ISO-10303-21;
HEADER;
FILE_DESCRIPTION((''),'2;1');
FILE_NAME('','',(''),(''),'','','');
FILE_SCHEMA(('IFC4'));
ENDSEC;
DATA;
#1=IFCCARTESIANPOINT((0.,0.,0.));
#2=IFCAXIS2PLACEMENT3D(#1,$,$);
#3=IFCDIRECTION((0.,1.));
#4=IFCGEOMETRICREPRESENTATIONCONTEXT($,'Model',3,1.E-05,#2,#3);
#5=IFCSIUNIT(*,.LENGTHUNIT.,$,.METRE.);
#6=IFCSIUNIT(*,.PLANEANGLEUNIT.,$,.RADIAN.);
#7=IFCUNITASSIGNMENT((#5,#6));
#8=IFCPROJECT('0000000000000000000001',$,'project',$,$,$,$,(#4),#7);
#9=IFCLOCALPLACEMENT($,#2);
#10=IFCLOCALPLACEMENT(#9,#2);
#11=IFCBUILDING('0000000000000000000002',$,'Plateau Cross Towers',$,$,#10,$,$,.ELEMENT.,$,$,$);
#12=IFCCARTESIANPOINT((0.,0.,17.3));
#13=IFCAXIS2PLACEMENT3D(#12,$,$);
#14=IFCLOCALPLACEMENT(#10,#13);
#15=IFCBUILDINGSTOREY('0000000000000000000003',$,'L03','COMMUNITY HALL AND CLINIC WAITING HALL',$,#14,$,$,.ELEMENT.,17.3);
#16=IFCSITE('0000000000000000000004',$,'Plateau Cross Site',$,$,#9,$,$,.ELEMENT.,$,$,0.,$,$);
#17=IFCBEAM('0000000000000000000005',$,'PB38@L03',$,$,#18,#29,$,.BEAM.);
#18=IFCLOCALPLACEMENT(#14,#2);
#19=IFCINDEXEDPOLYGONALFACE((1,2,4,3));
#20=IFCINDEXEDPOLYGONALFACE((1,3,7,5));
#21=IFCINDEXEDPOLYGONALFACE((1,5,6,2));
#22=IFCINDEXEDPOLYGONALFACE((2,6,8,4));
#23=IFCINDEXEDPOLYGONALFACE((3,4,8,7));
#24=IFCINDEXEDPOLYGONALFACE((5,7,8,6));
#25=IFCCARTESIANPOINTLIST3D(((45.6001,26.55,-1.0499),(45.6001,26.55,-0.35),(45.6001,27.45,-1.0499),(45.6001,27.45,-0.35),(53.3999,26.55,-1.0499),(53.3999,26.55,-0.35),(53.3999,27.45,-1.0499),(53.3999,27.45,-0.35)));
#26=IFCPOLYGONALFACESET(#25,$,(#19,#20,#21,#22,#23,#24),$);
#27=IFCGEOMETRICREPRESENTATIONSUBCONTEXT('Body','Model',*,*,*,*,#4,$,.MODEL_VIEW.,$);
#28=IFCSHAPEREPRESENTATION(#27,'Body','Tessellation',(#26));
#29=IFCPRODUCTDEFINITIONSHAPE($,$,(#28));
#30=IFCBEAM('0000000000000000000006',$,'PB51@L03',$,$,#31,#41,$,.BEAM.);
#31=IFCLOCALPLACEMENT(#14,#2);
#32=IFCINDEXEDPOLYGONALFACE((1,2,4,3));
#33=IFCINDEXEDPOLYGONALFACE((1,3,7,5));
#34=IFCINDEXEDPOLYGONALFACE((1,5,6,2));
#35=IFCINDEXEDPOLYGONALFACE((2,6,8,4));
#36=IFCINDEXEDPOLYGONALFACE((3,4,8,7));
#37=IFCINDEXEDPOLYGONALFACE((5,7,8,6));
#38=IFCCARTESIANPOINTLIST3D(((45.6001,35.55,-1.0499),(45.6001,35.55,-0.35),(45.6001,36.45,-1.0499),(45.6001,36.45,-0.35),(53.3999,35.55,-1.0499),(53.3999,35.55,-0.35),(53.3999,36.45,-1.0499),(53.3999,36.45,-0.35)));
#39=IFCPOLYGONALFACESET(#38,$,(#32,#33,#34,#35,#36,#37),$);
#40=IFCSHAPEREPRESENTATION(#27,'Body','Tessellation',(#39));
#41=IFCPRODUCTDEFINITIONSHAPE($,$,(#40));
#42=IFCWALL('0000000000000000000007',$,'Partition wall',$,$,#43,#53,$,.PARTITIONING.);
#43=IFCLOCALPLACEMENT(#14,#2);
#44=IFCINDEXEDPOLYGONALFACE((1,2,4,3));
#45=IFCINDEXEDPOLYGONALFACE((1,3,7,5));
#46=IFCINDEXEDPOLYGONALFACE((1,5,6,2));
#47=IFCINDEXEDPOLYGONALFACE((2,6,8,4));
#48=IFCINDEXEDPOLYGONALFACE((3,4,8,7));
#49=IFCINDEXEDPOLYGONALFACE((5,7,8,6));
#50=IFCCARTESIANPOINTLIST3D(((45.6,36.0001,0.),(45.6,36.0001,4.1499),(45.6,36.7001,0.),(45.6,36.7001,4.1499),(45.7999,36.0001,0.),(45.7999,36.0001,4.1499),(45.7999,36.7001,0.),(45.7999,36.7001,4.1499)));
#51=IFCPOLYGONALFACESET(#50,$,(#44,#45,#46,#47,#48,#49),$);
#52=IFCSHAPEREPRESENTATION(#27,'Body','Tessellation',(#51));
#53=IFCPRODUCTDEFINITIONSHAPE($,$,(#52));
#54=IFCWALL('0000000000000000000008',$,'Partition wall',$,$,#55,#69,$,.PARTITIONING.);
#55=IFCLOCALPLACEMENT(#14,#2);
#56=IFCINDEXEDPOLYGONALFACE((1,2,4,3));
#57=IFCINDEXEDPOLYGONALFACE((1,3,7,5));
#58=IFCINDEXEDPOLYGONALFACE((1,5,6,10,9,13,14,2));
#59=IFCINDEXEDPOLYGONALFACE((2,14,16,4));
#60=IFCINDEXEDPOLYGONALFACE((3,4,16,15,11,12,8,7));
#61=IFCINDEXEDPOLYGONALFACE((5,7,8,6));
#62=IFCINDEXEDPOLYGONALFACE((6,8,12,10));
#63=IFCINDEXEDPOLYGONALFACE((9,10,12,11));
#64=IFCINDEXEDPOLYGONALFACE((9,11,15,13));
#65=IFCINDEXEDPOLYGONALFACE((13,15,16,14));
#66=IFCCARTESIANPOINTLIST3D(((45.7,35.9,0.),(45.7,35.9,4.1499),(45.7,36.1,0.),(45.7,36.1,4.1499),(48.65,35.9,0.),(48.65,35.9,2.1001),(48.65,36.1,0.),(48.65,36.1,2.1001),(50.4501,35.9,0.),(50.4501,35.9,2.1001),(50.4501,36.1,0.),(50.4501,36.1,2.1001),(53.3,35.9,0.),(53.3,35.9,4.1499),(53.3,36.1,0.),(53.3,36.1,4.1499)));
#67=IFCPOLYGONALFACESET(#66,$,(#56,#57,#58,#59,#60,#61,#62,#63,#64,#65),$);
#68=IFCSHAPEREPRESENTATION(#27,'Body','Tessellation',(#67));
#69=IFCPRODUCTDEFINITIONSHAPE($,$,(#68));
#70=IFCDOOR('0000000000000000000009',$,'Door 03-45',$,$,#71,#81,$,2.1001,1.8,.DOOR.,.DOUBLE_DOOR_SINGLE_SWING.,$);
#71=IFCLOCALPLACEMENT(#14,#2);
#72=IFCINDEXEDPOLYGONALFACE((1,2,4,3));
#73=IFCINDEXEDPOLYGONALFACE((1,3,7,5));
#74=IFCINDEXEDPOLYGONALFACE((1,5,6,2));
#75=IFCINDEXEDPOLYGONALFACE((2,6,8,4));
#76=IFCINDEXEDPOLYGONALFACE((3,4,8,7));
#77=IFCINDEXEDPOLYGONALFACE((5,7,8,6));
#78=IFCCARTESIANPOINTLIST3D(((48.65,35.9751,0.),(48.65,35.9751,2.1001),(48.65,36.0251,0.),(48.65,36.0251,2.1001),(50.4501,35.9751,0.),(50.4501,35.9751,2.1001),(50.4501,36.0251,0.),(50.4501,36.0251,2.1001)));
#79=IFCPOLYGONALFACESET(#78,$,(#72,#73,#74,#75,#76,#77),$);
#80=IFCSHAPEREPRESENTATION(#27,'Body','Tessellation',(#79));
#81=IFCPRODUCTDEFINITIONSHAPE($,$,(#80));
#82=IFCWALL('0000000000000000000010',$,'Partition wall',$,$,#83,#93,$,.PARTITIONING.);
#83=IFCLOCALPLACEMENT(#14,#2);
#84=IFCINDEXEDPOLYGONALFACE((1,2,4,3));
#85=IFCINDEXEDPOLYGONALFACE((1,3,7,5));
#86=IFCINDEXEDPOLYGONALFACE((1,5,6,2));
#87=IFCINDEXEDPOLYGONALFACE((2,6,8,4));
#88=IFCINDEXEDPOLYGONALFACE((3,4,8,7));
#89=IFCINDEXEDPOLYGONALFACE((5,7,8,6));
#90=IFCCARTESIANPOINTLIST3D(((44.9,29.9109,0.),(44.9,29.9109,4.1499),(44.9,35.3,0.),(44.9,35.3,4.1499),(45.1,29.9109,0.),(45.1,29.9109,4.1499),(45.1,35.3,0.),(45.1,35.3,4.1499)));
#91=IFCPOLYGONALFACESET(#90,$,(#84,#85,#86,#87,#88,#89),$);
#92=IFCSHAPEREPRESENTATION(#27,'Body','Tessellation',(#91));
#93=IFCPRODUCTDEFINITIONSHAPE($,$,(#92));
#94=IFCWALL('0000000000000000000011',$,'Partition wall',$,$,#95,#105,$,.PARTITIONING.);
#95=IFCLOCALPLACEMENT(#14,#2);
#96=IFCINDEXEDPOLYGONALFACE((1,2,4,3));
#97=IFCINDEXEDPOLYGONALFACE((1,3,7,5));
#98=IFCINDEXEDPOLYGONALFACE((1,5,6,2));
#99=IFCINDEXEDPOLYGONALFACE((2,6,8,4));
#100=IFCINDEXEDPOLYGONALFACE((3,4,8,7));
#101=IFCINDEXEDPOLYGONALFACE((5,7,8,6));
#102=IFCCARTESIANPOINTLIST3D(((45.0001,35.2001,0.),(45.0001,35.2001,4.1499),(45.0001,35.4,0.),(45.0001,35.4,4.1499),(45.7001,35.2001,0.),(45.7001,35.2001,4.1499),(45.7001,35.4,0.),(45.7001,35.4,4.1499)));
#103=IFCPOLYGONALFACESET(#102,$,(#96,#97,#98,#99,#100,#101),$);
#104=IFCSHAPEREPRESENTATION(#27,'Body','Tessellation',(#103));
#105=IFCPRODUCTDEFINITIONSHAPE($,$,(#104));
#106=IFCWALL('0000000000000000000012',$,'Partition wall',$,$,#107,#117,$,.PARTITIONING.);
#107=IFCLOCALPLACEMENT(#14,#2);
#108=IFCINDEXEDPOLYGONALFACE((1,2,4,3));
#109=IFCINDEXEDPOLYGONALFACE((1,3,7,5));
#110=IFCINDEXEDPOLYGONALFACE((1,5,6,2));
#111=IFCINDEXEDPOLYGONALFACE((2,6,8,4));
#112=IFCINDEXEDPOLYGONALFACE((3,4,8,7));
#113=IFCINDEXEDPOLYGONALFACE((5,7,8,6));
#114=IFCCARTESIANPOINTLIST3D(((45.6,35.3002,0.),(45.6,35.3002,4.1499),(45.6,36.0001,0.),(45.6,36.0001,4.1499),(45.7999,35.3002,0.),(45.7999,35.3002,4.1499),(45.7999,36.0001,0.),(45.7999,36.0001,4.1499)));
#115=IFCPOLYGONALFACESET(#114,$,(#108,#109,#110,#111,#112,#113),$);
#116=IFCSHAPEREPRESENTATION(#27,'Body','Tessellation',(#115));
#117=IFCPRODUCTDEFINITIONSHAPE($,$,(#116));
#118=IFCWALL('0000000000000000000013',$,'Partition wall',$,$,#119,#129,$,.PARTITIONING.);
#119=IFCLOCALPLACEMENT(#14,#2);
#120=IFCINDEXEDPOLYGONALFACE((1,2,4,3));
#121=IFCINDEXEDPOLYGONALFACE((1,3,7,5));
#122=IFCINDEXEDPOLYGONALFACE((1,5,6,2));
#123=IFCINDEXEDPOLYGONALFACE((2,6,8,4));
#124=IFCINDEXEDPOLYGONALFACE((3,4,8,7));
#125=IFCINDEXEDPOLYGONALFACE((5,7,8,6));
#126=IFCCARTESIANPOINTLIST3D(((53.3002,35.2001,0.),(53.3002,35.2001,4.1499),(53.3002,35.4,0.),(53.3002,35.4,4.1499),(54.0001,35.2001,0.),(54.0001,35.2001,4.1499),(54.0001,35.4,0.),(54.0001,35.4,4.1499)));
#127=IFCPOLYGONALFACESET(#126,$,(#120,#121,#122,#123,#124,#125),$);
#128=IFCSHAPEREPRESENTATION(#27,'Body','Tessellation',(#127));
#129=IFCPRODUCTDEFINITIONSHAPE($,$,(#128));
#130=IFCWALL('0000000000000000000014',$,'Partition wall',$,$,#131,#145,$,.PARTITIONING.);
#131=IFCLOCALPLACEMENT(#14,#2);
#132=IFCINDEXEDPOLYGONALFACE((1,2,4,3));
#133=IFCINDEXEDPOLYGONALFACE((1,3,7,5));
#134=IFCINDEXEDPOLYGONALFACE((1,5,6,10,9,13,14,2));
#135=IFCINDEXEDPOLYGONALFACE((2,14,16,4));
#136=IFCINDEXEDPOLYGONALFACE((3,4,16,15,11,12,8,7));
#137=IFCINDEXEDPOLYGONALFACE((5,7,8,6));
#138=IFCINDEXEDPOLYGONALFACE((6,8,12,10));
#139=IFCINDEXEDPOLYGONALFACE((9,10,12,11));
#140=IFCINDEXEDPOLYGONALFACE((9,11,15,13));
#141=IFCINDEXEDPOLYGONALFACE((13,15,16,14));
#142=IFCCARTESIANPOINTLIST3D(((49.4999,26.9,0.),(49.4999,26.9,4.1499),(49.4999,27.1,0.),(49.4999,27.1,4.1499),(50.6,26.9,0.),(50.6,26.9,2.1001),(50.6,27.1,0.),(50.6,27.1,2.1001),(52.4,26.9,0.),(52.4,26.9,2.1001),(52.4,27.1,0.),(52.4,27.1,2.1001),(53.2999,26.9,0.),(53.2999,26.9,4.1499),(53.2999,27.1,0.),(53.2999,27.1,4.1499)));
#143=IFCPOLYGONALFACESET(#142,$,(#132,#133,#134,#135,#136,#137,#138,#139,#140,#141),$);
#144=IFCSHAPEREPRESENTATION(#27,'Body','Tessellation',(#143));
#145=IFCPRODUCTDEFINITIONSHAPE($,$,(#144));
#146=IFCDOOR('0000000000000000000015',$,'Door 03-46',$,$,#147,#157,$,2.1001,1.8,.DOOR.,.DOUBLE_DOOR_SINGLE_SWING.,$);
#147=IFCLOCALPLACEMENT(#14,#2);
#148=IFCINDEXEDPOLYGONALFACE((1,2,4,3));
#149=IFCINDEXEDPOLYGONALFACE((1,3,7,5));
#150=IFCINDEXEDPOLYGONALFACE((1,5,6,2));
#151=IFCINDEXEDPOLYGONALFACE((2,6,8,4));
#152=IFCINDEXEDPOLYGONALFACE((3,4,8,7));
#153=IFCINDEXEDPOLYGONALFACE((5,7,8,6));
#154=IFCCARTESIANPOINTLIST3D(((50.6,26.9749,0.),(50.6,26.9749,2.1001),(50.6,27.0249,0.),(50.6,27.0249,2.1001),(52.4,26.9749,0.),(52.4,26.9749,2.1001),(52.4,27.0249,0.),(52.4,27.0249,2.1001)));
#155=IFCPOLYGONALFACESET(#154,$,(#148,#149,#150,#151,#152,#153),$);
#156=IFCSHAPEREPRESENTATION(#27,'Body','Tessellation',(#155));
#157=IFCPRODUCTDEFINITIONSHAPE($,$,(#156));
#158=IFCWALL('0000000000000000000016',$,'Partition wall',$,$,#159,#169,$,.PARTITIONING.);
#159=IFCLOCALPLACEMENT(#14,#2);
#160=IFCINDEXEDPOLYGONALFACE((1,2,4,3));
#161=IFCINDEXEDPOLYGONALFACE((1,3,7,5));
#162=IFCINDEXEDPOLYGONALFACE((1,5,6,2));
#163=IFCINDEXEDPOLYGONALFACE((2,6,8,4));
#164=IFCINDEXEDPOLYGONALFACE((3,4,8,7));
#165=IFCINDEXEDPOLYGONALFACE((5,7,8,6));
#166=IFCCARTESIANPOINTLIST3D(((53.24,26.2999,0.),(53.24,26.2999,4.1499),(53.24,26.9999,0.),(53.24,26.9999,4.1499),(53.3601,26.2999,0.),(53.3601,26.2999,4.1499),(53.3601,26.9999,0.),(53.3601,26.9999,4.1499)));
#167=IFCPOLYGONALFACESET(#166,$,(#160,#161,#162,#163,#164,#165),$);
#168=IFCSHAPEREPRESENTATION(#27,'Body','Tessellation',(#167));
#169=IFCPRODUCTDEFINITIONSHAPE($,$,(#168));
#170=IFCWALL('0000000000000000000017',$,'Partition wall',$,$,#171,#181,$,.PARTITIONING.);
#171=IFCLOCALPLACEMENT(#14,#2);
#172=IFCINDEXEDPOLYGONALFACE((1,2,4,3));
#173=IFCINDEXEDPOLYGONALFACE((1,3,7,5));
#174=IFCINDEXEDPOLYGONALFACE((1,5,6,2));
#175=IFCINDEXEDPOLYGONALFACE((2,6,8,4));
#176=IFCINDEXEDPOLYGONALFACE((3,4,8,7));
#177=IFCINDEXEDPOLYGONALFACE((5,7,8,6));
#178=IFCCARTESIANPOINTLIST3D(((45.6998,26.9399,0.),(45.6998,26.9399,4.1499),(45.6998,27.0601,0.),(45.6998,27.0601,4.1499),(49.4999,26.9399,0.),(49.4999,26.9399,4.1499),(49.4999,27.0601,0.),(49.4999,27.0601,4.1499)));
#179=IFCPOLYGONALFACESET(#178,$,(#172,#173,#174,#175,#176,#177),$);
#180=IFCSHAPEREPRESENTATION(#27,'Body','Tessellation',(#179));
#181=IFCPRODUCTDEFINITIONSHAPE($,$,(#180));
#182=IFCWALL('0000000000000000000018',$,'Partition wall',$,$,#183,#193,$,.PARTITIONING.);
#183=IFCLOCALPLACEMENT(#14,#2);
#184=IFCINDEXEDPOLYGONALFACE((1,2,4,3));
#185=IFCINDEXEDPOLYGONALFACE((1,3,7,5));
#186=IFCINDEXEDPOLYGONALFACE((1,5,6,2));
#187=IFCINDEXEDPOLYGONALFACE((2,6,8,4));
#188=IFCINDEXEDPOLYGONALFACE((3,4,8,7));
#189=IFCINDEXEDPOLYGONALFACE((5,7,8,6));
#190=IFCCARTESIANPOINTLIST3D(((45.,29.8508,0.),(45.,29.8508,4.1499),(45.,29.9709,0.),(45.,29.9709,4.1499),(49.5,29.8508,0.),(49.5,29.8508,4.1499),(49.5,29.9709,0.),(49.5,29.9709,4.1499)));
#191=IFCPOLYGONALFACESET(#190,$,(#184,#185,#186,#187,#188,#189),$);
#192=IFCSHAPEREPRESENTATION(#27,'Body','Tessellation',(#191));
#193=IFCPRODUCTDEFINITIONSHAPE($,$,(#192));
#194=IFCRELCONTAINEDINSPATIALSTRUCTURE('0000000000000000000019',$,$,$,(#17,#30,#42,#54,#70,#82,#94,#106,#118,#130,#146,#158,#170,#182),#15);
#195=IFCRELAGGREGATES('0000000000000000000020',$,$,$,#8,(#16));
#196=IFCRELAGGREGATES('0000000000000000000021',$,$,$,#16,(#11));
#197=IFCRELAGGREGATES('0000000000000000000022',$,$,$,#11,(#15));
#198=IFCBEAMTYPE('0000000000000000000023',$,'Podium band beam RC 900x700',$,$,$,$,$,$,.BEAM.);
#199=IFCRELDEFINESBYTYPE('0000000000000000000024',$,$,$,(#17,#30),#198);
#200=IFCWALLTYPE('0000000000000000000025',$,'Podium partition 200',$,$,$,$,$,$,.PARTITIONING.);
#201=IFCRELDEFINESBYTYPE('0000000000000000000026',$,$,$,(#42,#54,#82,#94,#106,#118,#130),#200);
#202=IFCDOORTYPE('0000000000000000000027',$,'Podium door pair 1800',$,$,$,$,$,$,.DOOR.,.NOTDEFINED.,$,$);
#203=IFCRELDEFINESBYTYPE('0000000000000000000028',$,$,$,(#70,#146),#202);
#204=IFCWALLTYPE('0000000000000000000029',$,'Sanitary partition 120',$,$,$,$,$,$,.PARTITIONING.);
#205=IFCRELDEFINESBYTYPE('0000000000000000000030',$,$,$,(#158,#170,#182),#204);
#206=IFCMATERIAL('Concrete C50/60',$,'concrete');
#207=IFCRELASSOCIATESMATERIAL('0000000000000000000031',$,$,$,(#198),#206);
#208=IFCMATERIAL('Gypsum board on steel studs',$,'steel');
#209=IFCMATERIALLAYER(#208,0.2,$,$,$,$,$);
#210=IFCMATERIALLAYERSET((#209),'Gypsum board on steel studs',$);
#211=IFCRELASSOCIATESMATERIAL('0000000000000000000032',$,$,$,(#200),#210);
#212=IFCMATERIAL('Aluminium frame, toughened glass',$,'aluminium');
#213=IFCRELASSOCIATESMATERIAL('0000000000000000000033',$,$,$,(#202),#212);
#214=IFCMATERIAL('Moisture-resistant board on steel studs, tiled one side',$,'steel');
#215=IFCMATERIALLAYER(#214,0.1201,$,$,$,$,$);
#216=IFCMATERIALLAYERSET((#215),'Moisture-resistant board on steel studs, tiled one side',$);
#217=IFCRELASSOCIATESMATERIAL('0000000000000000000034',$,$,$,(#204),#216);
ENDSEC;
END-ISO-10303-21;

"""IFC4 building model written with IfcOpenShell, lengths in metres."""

from ifc_helpers import new_model, si_unit, direction, frame, frame_2d, origin, origin_2d, place, context, subcontext, project, spatial, rectangle, extrude, material, layer, layer_set, material_profile, profile_set, type_object, element, fill, save


model = new_model("IFC4")

# Units and contexts
model_context = context("Model", 3, precision=1e-05, world=origin(), true_north=direction((0.0, 1.0)))
body_context = subcontext(model_context, "Body", "Model", "MODEL_VIEW")
ifc_project = project(units=[si_unit("LENGTHUNIT", "METRE"), si_unit("PLANEANGLEUNIT", "RADIAN")], contexts=[model_context])

# Site, building, storey
site_placement = place(None, origin())
site = spatial("IfcSite", under=ifc_project, at=site_placement, Name="Plateau Cross Site", CompositionType="ELEMENT", RefElevation=0.0)
building_placement = place(site_placement, origin())
building = spatial("IfcBuilding", under=site, at=building_placement, Name="Plateau Cross Towers", CompositionType="ELEMENT")
storey_placement = place(building_placement, frame((0.0, 0.0, 17.3)))
storey = spatial("IfcBuildingStorey", under=building, at=storey_placement, Name="L03", Description="COMMUNITY HALL AND CLINIC WAITING HALL", CompositionType="ELEMENT", Elevation=17.3)

# Beams
ifc_material_1 = material(Name="Concrete C50/60", Category="concrete")
ifc_material_profile = material_profile(ifc_material_1, rectangle(XDim=0.8999, YDim=0.7, at=origin_2d()), Name="RC 900x700")
ifc_profile_set = profile_set([ifc_material_profile], Name="Concrete C50/60")
beam_type = type_object("IfcBeamType", Name="Podium band beam RC 900x700", PredefinedType="BEAM", material=ifc_profile_set)
for number, where, z_axis, x_axis, name in (
    (1, (45.6001, 27.0, -0.7), (1.0, 0.0, 0.0), (0.0, 1.0, 0.0), "PB38@L03"),
    (2, (45.6001, 36.0, -0.7), (1.0, 0.0, 0.0), (0.0, 1.0, 0.0), "PB51@L03"),
):
    element("IfcBeam", number, at=place(storey_placement, frame(where, z_axis=z_axis, x_axis=x_axis)), inside=storey, type_object=beam_type, Name=name, PredefinedType="BEAM", context=body_context, shape_type="SweptSolid", body=[
        extrude(rectangle(XDim=0.8999, YDim=0.7, at=origin_2d()), origin(), (0.0, 0.0, 1.0), 7.7998),
    ])

# Wall
ifc_material_2 = material(Name="Gypsum board on steel studs", Category="steel")
ifc_layer_1 = layer(ifc_material_2, 0.2)
ifc_layer_set_1 = layer_set([ifc_layer_1], Name="Gypsum board on steel studs")
wall_type_1 = type_object("IfcWallType", Name="Podium partition 200", PredefinedType="PARTITIONING", material=ifc_layer_set_1)
wall_1_placement = place(storey_placement, frame((45.7, 36.0, 0.0), z_axis=(0.0, 0.0, 1.0), x_axis=(0.0, 1.0, 0.0)))
element("IfcWall", 3, at=wall_1_placement, inside=storey, type_object=wall_type_1, Name="Partition wall", PredefinedType="PARTITIONING", context=body_context, shape_type="SweptSolid", body=[
    extrude(rectangle(XDim=0.7, YDim=0.2, at=frame_2d((0.3501, 0.0))), origin(), (0.0, 0.0, 1.0), 4.1499),
])

# Wall, opening, door
wall_2_placement = place(storey_placement, frame((53.3, 36.0, 0.0), z_axis=(0.0, 0.0, 1.0), x_axis=(-1.0, 0.0, 0.0)))
wall_2 = element("IfcWall", 4, at=wall_2_placement, inside=storey, type_object=wall_type_1, Name="Partition wall", PredefinedType="PARTITIONING", context=body_context, shape_type="SweptSolid", body=[
    extrude(rectangle(XDim=7.6001, YDim=0.2, at=frame_2d((3.8, 0.0))), origin(), (0.0, 0.0, 1.0), 4.1499),
])
opening_1_placement = place(wall_2_placement, frame((2.8501, 0.0, 0.0)))
opening_1 = element("IfcOpeningElement", 5, at=opening_1_placement, cuts=wall_2, PredefinedType="OPENING", context=body_context, shape_type="SweptSolid", body=[
    extrude(rectangle(XDim=1.8, YDim=2.1001, at=frame_2d((0.8999, 1.05))), frame((0.0, 0.1099, 0.0), z_axis=(0.0, -1.0, 0.0), x_axis=(1.0, 0.0, 0.0)), (0.0, 0.0, 1.0), 0.22),
])
ifc_material_3 = material(Name="Aluminium frame, toughened glass", Category="aluminium")
door_type_1 = type_object("IfcDoorType", Name="Podium door pair 1800", OperationType="NOTDEFINED", PredefinedType="DOOR", material=ifc_material_3)
door_1_placement = place(opening_1_placement, origin())
door_1 = element("IfcDoor", 6, at=door_1_placement, inside=storey, type_object=door_type_1, Name="Door 03-45", OperationType="DOUBLE_DOOR_SINGLE_SWING", OverallHeight=2.1001, OverallWidth=1.8, PredefinedType="DOOR", context=body_context, shape_type="SweptSolid", body=[
    extrude(rectangle(XDim=1.8, YDim=2.1001, at=frame_2d((0.8999, 1.05))), frame((0.0, 0.0249, 0.0), z_axis=(0.0, -1.0, 0.0), x_axis=(1.0, 0.0, 0.0)), (0.0, 0.0, 1.0), 0.05),
])
fill(opening_1, door_1)

# Walls
wall_3_placement = place(storey_placement, frame((45.0, 29.9109, 0.0), z_axis=(0.0, 0.0, 1.0), x_axis=(0.0, 1.0, 0.0)))
element("IfcWall", 7, at=wall_3_placement, inside=storey, type_object=wall_type_1, Name="Partition wall", PredefinedType="PARTITIONING", context=body_context, shape_type="SweptSolid", body=[
    extrude(rectangle(XDim=5.3892, YDim=0.2, at=frame_2d((2.6946, 0.0))), origin(), (0.0, 0.0, 1.0), 4.1499),
])
for number, where, z_axis, x_axis, name in (
    (8, (45.0, 35.3, 0.0), (0.0, 0.0, 1.0), (1.0, 0.0, 0.0), "Partition wall"),
    (9, (45.7, 35.3, 0.0), (0.0, 0.0, 1.0), (0.0, 1.0, 0.0), "Partition wall"),
    (10, (53.3, 35.3, 0.0), (0.0, 0.0, 1.0), (1.0, 0.0, 0.0), "Partition wall"),
):
    element("IfcWall", number, at=place(storey_placement, frame(where, z_axis=z_axis, x_axis=x_axis)), inside=storey, type_object=wall_type_1, Name=name, PredefinedType="PARTITIONING", context=body_context, shape_type="SweptSolid", body=[
        extrude(rectangle(XDim=0.7, YDim=0.2, at=frame_2d((0.3501, 0.0))), origin(), (0.0, 0.0, 1.0), 4.1499),
    ])

# Wall, opening, door
wall_4_placement = place(storey_placement, frame((49.5, 27.0, 0.0), z_axis=(0.0, 0.0, 1.0), x_axis=(1.0, 0.0, 0.0)))
wall_4 = element("IfcWall", 11, at=wall_4_placement, inside=storey, type_object=wall_type_1, Name="Partition wall", PredefinedType="PARTITIONING", context=body_context, shape_type="SweptSolid", body=[
    extrude(rectangle(XDim=3.8, YDim=0.2, at=frame_2d((1.8999, 0.0))), origin(), (0.0, 0.0, 1.0), 4.1499),
])
opening_2_placement = place(wall_4_placement, frame((1.1001, 0.0, 0.0)))
opening_2 = element("IfcOpeningElement", 12, at=opening_2_placement, cuts=wall_4, PredefinedType="OPENING", context=body_context, shape_type="SweptSolid", body=[
    extrude(rectangle(XDim=1.8, YDim=2.1001, at=frame_2d((0.8999, 1.05))), frame((0.0, 0.1099, 0.0), z_axis=(0.0, -1.0, 0.0), x_axis=(1.0, 0.0, 0.0)), (0.0, 0.0, 1.0), 0.22),
])
door_2_placement = place(opening_2_placement, origin())
door_2 = element("IfcDoor", 13, at=door_2_placement, inside=storey, type_object=door_type_1, Name="Door 03-46", OperationType="DOUBLE_DOOR_SINGLE_SWING", OverallHeight=2.1001, OverallWidth=1.8, PredefinedType="DOOR", context=body_context, shape_type="SweptSolid", body=[
    extrude(rectangle(XDim=1.8, YDim=2.1001, at=frame_2d((0.8999, 1.05))), frame((0.0, 0.0249, 0.0), z_axis=(0.0, -1.0, 0.0), x_axis=(1.0, 0.0, 0.0)), (0.0, 0.0, 1.0), 0.05),
])
fill(opening_2, door_2)

# Walls
ifc_material_4 = material(Name="Moisture-resistant board on steel studs, tiled one side", Category="steel")
ifc_layer_2 = layer(ifc_material_4, 0.1201)
ifc_layer_set_2 = layer_set([ifc_layer_2], Name="Moisture-resistant board on steel studs, tiled one side")
wall_type_2 = type_object("IfcWallType", Name="Sanitary partition 120", PredefinedType="PARTITIONING", material=ifc_layer_set_2)
wall_5_placement = place(storey_placement, frame((53.3, 27.0, 0.0), z_axis=(0.0, 0.0, 1.0), x_axis=(0.0, -1.0, 0.0)))
element("IfcWall", 14, at=wall_5_placement, inside=storey, type_object=wall_type_2, Name="Partition wall", PredefinedType="PARTITIONING", context=body_context, shape_type="SweptSolid", body=[
    extrude(rectangle(XDim=0.7, YDim=0.1201, at=frame_2d((0.3501, 0.0))), origin(), (0.0, 0.0, 1.0), 4.1499),
])
wall_6_placement = place(storey_placement, frame((45.7, 27.0, 0.0), z_axis=(0.0, 0.0, 1.0), x_axis=(1.0, 0.0, 0.0)))
element("IfcWall", 15, at=wall_6_placement, inside=storey, type_object=wall_type_2, Name="Partition wall", PredefinedType="PARTITIONING", context=body_context, shape_type="SweptSolid", body=[
    extrude(rectangle(XDim=3.8, YDim=0.1201, at=frame_2d((1.8999, 0.0))), origin(), (0.0, 0.0, 1.0), 4.1499),
])
wall_7_placement = place(storey_placement, frame((49.5, 29.9109, 0.0), z_axis=(0.0, 0.0, 1.0), x_axis=(-1.0, 0.0, 0.0)))
element("IfcWall", 16, at=wall_7_placement, inside=storey, type_object=wall_type_2, Name="Partition wall", PredefinedType="PARTITIONING", context=body_context, shape_type="SweptSolid", body=[
    extrude(rectangle(XDim=4.5, YDim=0.1201, at=frame_2d((2.25, 0.0))), origin(), (0.0, 0.0, 1.0), 4.1499),
])

save(model, "model.ifc")
